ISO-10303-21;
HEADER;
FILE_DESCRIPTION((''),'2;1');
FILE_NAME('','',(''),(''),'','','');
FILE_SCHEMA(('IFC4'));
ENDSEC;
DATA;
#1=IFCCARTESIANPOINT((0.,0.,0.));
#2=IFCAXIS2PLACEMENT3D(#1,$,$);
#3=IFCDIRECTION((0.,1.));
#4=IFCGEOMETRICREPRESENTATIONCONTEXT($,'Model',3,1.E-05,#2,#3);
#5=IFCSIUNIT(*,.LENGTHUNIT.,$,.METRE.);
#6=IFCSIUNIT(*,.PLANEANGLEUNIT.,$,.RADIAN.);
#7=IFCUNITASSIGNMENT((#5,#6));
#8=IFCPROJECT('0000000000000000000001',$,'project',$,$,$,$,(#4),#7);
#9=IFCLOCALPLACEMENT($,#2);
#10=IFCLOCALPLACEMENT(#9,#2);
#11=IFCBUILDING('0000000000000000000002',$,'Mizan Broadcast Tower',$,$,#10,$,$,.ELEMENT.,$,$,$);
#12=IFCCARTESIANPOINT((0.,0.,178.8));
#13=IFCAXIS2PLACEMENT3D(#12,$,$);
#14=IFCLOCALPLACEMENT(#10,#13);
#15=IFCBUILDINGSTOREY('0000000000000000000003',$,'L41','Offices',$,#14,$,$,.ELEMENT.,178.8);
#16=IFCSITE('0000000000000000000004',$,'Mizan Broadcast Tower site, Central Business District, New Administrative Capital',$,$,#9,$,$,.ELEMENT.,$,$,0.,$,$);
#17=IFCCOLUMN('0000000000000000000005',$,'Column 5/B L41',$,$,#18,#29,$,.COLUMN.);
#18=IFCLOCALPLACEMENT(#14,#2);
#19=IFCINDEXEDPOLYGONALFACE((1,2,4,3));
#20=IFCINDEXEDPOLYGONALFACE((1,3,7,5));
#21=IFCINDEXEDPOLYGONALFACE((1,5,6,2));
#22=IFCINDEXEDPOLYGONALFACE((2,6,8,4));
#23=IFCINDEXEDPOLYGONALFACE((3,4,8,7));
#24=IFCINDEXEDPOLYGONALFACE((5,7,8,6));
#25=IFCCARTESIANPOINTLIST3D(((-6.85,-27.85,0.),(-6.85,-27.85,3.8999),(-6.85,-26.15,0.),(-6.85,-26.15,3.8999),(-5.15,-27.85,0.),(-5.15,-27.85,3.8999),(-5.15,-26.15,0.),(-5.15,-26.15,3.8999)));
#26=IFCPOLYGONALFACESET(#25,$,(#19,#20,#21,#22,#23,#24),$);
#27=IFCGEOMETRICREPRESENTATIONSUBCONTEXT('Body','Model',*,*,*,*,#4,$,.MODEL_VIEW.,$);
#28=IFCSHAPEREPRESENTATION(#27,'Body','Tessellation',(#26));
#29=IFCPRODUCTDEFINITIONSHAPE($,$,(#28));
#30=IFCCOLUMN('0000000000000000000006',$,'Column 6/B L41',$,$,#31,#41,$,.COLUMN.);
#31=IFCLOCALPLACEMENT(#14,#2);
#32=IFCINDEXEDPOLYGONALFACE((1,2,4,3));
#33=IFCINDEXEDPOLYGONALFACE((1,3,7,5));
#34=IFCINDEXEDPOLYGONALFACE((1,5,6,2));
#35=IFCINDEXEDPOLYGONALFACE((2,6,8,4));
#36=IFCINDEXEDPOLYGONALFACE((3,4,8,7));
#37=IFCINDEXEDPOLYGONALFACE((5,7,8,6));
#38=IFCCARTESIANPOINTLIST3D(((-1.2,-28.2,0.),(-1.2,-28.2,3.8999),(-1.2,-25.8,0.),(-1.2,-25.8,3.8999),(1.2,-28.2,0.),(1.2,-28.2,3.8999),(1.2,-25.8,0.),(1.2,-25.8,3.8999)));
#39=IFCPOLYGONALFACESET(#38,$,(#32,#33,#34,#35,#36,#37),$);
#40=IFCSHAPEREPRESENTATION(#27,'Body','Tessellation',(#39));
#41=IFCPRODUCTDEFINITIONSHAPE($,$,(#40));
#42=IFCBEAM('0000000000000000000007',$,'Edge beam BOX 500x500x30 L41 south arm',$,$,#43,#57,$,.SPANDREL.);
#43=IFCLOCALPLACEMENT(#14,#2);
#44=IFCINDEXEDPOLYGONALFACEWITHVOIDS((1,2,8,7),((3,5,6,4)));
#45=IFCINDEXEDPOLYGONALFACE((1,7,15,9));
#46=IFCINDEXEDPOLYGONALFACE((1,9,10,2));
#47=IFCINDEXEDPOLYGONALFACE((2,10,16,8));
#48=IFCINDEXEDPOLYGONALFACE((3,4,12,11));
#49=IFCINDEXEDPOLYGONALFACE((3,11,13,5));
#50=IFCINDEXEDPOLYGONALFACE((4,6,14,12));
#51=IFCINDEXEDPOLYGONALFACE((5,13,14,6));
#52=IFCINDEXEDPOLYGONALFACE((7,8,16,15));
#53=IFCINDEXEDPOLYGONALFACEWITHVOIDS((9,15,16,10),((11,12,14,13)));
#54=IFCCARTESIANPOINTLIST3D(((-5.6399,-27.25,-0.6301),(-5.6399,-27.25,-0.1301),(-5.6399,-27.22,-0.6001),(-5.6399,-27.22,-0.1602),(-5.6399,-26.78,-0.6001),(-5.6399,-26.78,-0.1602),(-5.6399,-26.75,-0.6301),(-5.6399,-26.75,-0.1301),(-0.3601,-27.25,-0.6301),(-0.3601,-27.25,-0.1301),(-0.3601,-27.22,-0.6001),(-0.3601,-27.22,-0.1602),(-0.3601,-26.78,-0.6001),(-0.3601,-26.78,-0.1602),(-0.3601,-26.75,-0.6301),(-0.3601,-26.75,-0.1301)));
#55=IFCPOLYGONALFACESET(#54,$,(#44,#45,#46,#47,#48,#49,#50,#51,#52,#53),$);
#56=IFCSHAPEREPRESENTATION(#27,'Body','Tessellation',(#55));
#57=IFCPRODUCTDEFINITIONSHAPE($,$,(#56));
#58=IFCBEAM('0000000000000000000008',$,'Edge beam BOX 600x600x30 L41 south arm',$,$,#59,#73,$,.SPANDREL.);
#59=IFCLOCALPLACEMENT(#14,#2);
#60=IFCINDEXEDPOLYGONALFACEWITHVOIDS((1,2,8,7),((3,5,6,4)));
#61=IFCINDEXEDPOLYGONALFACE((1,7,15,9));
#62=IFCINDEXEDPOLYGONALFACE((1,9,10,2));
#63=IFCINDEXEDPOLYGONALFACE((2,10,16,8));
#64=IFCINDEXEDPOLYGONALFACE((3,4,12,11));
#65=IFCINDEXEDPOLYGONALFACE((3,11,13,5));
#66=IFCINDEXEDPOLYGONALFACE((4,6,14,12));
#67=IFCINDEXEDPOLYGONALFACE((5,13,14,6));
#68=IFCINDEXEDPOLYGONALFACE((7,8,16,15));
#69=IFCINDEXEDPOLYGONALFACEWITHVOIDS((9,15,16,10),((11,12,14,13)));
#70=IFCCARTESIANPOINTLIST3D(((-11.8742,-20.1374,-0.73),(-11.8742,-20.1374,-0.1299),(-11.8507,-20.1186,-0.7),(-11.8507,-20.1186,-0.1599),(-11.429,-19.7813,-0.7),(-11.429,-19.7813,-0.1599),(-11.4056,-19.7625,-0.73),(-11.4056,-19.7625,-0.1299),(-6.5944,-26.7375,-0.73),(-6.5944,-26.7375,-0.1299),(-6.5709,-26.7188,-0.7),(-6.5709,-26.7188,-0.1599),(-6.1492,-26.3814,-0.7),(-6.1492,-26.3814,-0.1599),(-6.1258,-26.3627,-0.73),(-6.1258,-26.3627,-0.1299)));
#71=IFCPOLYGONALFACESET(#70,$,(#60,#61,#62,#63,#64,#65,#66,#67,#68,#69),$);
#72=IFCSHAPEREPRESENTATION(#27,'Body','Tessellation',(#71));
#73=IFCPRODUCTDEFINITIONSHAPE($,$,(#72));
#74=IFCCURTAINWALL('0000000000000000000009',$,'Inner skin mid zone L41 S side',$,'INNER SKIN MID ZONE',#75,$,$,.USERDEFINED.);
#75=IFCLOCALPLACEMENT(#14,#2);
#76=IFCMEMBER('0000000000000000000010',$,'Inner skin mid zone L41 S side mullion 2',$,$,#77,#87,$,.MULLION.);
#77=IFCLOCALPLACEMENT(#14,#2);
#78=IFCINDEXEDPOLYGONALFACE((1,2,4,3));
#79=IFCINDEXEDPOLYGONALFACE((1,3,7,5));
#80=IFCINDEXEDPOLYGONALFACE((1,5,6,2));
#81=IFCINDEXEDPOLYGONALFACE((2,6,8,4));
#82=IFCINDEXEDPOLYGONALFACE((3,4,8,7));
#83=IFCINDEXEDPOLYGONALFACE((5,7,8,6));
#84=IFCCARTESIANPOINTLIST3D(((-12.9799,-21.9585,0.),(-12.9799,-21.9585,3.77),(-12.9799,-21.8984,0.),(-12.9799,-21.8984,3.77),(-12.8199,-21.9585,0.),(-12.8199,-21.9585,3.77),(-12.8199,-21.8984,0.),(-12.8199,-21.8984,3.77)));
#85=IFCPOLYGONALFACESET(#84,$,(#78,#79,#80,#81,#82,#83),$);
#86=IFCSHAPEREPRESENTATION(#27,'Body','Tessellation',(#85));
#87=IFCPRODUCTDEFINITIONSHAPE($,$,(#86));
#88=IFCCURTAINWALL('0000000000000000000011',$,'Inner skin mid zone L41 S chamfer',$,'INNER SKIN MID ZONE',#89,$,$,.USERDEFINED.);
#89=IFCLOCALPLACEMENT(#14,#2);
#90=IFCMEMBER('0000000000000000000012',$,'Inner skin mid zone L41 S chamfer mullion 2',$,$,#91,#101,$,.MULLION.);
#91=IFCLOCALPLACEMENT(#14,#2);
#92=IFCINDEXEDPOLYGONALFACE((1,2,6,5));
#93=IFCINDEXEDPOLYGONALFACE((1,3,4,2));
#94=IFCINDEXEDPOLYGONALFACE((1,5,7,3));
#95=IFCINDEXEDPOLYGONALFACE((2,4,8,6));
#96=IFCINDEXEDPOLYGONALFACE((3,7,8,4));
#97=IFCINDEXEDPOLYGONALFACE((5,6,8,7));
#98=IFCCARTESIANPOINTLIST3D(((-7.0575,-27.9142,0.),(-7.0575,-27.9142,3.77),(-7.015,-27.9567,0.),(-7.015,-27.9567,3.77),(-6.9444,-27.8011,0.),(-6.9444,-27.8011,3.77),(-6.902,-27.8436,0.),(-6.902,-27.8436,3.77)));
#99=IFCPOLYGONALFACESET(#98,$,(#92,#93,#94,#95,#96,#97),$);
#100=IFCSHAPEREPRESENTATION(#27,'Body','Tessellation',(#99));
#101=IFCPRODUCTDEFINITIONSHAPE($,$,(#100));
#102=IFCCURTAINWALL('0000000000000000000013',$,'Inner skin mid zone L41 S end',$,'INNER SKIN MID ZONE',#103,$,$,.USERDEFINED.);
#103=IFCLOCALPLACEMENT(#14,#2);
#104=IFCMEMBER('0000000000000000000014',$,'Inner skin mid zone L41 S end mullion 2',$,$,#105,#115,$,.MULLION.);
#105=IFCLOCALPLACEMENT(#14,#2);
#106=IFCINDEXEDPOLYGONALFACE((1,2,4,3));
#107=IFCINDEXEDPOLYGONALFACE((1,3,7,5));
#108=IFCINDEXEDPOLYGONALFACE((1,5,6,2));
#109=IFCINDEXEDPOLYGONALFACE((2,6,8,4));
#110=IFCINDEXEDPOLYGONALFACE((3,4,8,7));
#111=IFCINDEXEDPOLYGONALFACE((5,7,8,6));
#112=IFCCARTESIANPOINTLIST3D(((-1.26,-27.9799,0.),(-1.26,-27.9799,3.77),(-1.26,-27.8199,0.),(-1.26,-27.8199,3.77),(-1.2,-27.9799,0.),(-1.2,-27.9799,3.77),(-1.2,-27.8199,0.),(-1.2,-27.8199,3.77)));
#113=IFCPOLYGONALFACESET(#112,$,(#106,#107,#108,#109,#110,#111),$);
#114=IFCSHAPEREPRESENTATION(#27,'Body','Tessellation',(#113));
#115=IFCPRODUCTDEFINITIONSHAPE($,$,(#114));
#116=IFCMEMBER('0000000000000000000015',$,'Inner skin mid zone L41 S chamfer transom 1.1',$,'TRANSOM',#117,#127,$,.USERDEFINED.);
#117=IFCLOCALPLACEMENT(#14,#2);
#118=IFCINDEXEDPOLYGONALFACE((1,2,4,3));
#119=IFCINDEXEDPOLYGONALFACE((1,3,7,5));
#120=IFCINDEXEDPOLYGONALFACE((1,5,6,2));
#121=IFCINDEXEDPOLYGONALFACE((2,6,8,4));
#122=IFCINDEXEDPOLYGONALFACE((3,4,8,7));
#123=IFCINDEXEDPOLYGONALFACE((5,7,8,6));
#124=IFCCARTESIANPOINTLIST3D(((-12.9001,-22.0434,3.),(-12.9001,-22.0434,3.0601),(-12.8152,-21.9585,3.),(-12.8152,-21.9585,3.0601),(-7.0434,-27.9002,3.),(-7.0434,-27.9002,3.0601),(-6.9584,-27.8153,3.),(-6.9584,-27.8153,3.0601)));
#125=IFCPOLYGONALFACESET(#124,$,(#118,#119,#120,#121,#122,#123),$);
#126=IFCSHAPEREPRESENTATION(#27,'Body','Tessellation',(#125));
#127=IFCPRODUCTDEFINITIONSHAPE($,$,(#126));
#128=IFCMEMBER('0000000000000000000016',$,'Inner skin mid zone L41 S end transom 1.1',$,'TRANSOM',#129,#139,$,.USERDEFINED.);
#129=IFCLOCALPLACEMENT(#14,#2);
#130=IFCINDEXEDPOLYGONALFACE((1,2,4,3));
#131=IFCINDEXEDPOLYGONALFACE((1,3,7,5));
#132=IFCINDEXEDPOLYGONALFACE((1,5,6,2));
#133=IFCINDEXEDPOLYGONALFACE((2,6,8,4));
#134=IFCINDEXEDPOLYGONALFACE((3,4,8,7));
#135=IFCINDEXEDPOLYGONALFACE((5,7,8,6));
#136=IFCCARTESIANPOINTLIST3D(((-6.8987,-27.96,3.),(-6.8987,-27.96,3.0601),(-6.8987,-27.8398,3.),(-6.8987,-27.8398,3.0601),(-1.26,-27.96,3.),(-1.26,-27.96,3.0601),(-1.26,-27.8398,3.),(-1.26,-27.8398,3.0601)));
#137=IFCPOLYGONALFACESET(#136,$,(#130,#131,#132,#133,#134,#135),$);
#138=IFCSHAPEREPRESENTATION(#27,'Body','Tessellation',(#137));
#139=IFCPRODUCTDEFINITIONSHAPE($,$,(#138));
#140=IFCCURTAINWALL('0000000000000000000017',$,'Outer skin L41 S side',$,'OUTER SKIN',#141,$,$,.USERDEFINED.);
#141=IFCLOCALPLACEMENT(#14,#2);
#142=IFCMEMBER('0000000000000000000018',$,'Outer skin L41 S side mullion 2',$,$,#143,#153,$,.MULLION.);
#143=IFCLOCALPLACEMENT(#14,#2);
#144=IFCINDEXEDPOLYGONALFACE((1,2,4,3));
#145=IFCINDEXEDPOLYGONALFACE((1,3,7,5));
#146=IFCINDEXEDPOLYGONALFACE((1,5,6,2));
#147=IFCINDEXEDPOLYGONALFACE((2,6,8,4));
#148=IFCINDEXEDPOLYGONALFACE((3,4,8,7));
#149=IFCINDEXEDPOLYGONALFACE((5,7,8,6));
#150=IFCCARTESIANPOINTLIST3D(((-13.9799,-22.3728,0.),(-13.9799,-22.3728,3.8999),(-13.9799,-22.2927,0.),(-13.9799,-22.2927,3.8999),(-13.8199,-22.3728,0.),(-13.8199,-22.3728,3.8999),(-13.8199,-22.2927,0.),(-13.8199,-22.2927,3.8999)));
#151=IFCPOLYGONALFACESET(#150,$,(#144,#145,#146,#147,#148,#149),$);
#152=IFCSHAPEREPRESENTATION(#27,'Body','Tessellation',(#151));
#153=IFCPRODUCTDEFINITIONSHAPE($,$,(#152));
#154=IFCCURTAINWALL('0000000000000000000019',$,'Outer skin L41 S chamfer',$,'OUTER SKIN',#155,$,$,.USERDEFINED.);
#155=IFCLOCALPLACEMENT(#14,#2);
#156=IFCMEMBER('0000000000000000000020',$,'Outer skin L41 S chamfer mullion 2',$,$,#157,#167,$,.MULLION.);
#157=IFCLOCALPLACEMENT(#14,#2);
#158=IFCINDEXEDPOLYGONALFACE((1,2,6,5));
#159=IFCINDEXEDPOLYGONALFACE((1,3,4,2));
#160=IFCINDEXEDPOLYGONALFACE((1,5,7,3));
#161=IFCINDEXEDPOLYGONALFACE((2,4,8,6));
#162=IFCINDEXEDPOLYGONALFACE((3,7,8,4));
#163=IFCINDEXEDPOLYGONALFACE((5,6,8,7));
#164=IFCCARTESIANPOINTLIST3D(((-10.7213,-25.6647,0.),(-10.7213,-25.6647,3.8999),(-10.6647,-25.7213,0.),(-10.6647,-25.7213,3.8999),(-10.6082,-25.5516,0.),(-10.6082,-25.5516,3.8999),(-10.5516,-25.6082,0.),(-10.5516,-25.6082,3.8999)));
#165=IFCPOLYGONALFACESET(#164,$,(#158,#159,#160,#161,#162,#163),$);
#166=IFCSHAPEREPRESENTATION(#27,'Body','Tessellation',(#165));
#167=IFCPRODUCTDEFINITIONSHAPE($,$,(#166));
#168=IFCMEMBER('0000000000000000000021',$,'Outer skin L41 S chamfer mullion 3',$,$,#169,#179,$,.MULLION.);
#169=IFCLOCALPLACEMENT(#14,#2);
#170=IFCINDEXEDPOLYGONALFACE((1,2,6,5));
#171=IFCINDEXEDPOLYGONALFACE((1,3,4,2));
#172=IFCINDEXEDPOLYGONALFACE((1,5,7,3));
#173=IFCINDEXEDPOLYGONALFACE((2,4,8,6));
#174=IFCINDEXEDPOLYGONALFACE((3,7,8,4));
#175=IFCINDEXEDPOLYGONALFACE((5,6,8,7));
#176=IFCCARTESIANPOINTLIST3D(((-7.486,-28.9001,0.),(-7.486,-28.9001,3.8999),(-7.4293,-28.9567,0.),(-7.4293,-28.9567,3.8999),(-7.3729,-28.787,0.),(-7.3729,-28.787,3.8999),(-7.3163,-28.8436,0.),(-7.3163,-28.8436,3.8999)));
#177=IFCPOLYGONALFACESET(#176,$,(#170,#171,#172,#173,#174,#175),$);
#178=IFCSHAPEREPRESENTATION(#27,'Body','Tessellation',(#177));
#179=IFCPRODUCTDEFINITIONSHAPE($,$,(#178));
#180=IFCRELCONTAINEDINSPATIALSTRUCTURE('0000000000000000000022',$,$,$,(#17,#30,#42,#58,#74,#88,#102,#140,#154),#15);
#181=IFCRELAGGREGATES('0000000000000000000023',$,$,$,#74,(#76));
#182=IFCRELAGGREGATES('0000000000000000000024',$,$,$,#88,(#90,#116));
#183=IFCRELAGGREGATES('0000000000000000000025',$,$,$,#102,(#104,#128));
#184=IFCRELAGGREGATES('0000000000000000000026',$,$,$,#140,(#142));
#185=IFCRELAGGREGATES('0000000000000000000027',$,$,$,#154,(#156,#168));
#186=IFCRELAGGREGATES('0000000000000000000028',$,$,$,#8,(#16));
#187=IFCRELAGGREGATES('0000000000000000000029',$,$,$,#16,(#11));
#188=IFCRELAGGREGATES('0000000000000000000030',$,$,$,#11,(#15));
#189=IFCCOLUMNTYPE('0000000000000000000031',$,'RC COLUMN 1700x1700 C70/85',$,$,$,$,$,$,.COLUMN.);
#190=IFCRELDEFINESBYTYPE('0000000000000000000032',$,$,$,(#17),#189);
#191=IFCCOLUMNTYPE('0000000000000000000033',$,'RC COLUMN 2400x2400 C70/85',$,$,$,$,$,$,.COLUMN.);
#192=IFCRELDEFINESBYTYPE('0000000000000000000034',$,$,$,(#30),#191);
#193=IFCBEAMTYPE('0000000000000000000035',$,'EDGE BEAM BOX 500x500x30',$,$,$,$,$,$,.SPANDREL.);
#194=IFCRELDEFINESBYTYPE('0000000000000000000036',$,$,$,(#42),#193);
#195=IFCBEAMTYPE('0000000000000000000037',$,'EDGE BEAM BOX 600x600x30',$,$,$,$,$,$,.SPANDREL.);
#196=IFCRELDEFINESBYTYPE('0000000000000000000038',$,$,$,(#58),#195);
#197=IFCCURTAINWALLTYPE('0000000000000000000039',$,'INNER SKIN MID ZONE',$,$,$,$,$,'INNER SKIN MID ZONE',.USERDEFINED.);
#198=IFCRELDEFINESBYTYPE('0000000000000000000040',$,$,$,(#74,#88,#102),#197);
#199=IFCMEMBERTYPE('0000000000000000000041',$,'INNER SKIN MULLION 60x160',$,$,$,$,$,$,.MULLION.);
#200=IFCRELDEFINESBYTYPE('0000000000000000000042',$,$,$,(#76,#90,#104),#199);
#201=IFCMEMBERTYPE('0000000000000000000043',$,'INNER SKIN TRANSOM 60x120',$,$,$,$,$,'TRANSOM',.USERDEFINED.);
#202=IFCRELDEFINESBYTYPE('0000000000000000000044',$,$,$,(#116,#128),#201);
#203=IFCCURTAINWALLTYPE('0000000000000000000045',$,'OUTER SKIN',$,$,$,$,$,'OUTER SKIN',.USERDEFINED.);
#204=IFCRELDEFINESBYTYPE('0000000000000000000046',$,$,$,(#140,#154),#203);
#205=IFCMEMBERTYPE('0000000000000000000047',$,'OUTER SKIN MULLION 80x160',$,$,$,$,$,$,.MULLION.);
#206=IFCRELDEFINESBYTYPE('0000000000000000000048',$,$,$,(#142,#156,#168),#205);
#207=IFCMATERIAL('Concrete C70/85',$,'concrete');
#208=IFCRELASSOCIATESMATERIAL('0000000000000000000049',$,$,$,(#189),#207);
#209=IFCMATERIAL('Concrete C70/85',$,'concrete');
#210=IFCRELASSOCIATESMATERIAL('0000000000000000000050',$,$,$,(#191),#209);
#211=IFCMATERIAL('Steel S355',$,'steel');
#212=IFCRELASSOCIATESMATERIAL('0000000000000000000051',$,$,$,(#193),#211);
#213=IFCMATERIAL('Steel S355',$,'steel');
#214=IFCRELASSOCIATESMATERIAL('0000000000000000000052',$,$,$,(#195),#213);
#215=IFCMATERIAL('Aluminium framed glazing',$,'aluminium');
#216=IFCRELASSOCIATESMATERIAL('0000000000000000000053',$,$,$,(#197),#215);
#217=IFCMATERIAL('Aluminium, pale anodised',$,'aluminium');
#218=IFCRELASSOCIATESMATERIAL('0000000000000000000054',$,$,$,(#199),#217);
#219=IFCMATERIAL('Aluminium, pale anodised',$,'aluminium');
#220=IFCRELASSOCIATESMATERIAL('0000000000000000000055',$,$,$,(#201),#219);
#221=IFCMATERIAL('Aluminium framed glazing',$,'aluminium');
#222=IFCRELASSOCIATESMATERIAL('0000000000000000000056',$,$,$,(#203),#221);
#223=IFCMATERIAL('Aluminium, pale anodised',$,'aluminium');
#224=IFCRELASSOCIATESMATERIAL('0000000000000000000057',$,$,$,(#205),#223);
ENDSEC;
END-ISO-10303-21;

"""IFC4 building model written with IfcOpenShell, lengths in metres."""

from ifc_helpers import new_model, si_unit, direction, frame, origin, origin_2d, place, context, subcontext, project, spatial, rectangle, hollow_rectangle, extrude, material, material_profile, profile_set, type_object, element, aggregate, save


model = new_model("IFC4")

# Units and contexts
model_context = context("Model", 3, precision=1e-05, world=origin(), true_north=direction((0.0, 1.0)))
body_context = subcontext(model_context, "Body", "Model", "MODEL_VIEW")
ifc_project = project(units=[si_unit("LENGTHUNIT", "METRE"), si_unit("PLANEANGLEUNIT", "RADIAN")], contexts=[model_context])

# Site, building, storey
site_placement = place(None, origin())
site = spatial("IfcSite", under=ifc_project, at=site_placement, Name="Mizan Broadcast Tower site, Central Business District, New Administrative Capital", CompositionType="ELEMENT", RefElevation=0.0)
building_placement = place(site_placement, origin())
building = spatial("IfcBuilding", under=site, at=building_placement, Name="Mizan Broadcast Tower", CompositionType="ELEMENT")
storey_placement = place(building_placement, frame((0.0, 0.0, 178.8)))
storey = spatial("IfcBuildingStorey", under=building, at=storey_placement, Name="L41", Description="Offices", CompositionType="ELEMENT", Elevation=178.8)

# Columns
ifc_material_1 = material(Name="Concrete C70/85", Category="concrete")
ifc_material_profile_1 = material_profile(ifc_material_1, rectangle(XDim=1.7, YDim=1.7, at=origin_2d()), Name="RC 1700x1700")
ifc_profile_set_1 = profile_set([ifc_material_profile_1], Name="Concrete C70/85")
column_type_1 = type_object("IfcColumnType", Name="RC COLUMN 1700x1700 C70/85", PredefinedType="COLUMN", material=ifc_profile_set_1)
column_1_placement = place(storey_placement, frame((-6.0, -27.0, 0.0), z_axis=(0.0, 0.0, 1.0), x_axis=(1.0, 0.0, 0.0)))
element("IfcColumn", 1, at=column_1_placement, inside=storey, type_object=column_type_1, Name="Column 5/B L41", PredefinedType="COLUMN", context=body_context, shape_type="SweptSolid", body=[
    extrude(rectangle(XDim=1.7, YDim=1.7, at=origin_2d()), origin(), (0.0, 0.0, 1.0), 3.8999),
])
ifc_material_2 = material(Name="Concrete C70/85", Category="concrete")
ifc_material_profile_2 = material_profile(ifc_material_2, rectangle(XDim=2.3999, YDim=2.3999, at=origin_2d()), Name="RC 2400x2400")
ifc_profile_set_2 = profile_set([ifc_material_profile_2], Name="Concrete C70/85")
column_type_2 = type_object("IfcColumnType", Name="RC COLUMN 2400x2400 C70/85", PredefinedType="COLUMN", material=ifc_profile_set_2)
column_2_placement = place(storey_placement, frame((0.0, -27.0, 0.0), z_axis=(0.0, 0.0, 1.0), x_axis=(1.0, 0.0, 0.0)))
element("IfcColumn", 2, at=column_2_placement, inside=storey, type_object=column_type_2, Name="Column 6/B L41", PredefinedType="COLUMN", context=body_context, shape_type="SweptSolid", body=[
    extrude(rectangle(XDim=2.3999, YDim=2.3999, at=origin_2d()), origin(), (0.0, 0.0, 1.0), 3.8999),
])

# Beams
ifc_material_3 = material(Name="Steel S355", Category="steel")
ifc_material_profile_3 = material_profile(ifc_material_3, hollow_rectangle(XDim=0.5, YDim=0.5, WallThickness=0.03, at=origin_2d()), Name="BOX 500x500x30")
ifc_profile_set_3 = profile_set([ifc_material_profile_3], Name="Steel S355")
beam_type_1 = type_object("IfcBeamType", Name="EDGE BEAM BOX 500x500x30", PredefinedType="SPANDREL", material=ifc_profile_set_3)
beam_1_placement = place(storey_placement, frame((-5.6399, -27.0, -0.3801), z_axis=(1.0, 0.0, 0.0), x_axis=(0.0, 1.0, 0.0)))
element("IfcBeam", 3, at=beam_1_placement, inside=storey, type_object=beam_type_1, Name="Edge beam BOX 500x500x30 L41 south arm", PredefinedType="SPANDREL", context=body_context, shape_type="SweptSolid", body=[
    extrude(hollow_rectangle(XDim=0.5, YDim=0.5, WallThickness=0.03, at=origin_2d()), origin(), (0.0, 0.0, 1.0), 5.2798),
])
ifc_material_4 = material(Name="Steel S355", Category="steel")
ifc_material_profile_4 = material_profile(ifc_material_4, hollow_rectangle(XDim=0.6001, YDim=0.6001, WallThickness=0.03, at=origin_2d()), Name="BOX 600x600x30")
ifc_profile_set_4 = profile_set([ifc_material_profile_4], Name="Steel S355")
beam_type_2 = type_object("IfcBeamType", Name="EDGE BEAM BOX 600x600x30", PredefinedType="SPANDREL", material=ifc_profile_set_4)
beam_2_placement = place(storey_placement, frame((-11.6399, -19.95, -0.4299), z_axis=(0.624674, -0.780886, 0.0), x_axis=(0.780886, 0.624674, 0.0)))
element("IfcBeam", 4, at=beam_2_placement, inside=storey, type_object=beam_type_2, Name="Edge beam BOX 600x600x30 L41 south arm", PredefinedType="SPANDREL", context=body_context, shape_type="SweptSolid", body=[
    extrude(hollow_rectangle(XDim=0.6001, YDim=0.6001, WallThickness=0.03, at=origin_2d()), origin(), (0.0, 0.0, 1.0), 8.4521),
])

# Curtain walls, members
ifc_material_5 = material(Name="Aluminium framed glazing", Category="aluminium")
curtain_wall_type_1 = type_object("IfcCurtainWallType", Name="INNER SKIN MID ZONE", ElementType="INNER SKIN MID ZONE", PredefinedType="USERDEFINED", material=ifc_material_5)
curtain_wall_1_placement = place(storey_placement, origin())
curtain_wall_1 = element("IfcCurtainWall", 5, at=curtain_wall_1_placement, inside=storey, type_object=curtain_wall_type_1, Name="Inner skin mid zone L41 S side", ObjectType="INNER SKIN MID ZONE", PredefinedType="USERDEFINED")
ifc_material_6 = material(Name="Aluminium, pale anodised", Category="aluminium")
ifc_material_profile_5 = material_profile(ifc_material_6, rectangle(XDim=0.1599, YDim=0.0601, at=origin_2d()), Name="MULLION 160x60")
ifc_profile_set_5 = profile_set([ifc_material_profile_5], Name="Aluminium, pale anodised")
member_type_1 = type_object("IfcMemberType", Name="INNER SKIN MULLION 60x160", PredefinedType="MULLION", material=ifc_profile_set_5)
member_1_placement = place(storey_placement, frame((-12.8999, -21.9285, 0.0), z_axis=(0.0, 0.0, 1.0), x_axis=(1.0, 0.0, 0.0)))
member_1 = element("IfcMember", 6, at=member_1_placement, type_object=member_type_1, Name="Inner skin mid zone L41 S side mullion 2", PredefinedType="MULLION", context=body_context, shape_type="SweptSolid", body=[
    extrude(rectangle(XDim=0.1599, YDim=0.0601, at=origin_2d()), origin(), (0.0, 0.0, 1.0), 3.77),
])
curtain_wall_2_placement = place(storey_placement, origin())
curtain_wall_2 = element("IfcCurtainWall", 7, at=curtain_wall_2_placement, inside=storey, type_object=curtain_wall_type_1, Name="Inner skin mid zone L41 S chamfer", ObjectType="INNER SKIN MID ZONE", PredefinedType="USERDEFINED")
member_2_placement = place(storey_placement, frame((-6.9797, -27.8789, 0.0), z_axis=(0.0, 0.0, 1.0), x_axis=(0.707107, 0.707107, 0.0)))
member_2 = element("IfcMember", 8, at=member_2_placement, type_object=member_type_1, Name="Inner skin mid zone L41 S chamfer mullion 2", PredefinedType="MULLION", context=body_context, shape_type="SweptSolid", body=[
    extrude(rectangle(XDim=0.1599, YDim=0.0601, at=origin_2d()), origin(), (0.0, 0.0, 1.0), 3.77),
])
curtain_wall_3_placement = place(storey_placement, origin())
curtain_wall_3 = element("IfcCurtainWall", 9, at=curtain_wall_3_placement, inside=storey, type_object=curtain_wall_type_1, Name="Inner skin mid zone L41 S end", ObjectType="INNER SKIN MID ZONE", PredefinedType="USERDEFINED")
member_3_placement = place(storey_placement, frame((-1.23, -27.8999, 0.0), z_axis=(0.0, 0.0, 1.0), x_axis=(0.0, 1.0, 0.0)))
member_3 = element("IfcMember", 10, at=member_3_placement, type_object=member_type_1, Name="Inner skin mid zone L41 S end mullion 2", PredefinedType="MULLION", context=body_context, shape_type="SweptSolid", body=[
    extrude(rectangle(XDim=0.1599, YDim=0.0601, at=origin_2d()), origin(), (0.0, 0.0, 1.0), 3.77),
])

# Members
ifc_material_7 = material(Name="Aluminium, pale anodised", Category="aluminium")
ifc_material_profile_6 = material_profile(ifc_material_7, rectangle(XDim=0.1201, YDim=0.0601, at=origin_2d()), Name="TRANSOM 120x60")
ifc_profile_set_6 = profile_set([ifc_material_profile_6], Name="Aluminium, pale anodised")
member_type_2 = type_object("IfcMemberType", Name="INNER SKIN TRANSOM 60x120", ElementType="TRANSOM", PredefinedType="USERDEFINED", material=ifc_profile_set_6)
member_4_placement = place(storey_placement, frame((-12.8577, -22.001, 3.03), z_axis=(0.707107, -0.707107, 0.0), x_axis=(0.707107, 0.707107, 0.0)))
member_4 = element("IfcMember", 11, at=member_4_placement, type_object=member_type_2, Name="Inner skin mid zone L41 S chamfer transom 1.1", ObjectType="TRANSOM", PredefinedType="USERDEFINED", context=body_context, shape_type="SweptSolid", body=[
    extrude(rectangle(XDim=0.1201, YDim=0.0601, at=origin_2d()), origin(), (0.0, 0.0, 1.0), 8.2827),
])
member_5_placement = place(storey_placement, frame((-6.8987, -27.8999, 3.03), z_axis=(1.0, 0.0, 0.0), x_axis=(0.0, 1.0, 0.0)))
member_5 = element("IfcMember", 12, at=member_5_placement, type_object=member_type_2, Name="Inner skin mid zone L41 S end transom 1.1", ObjectType="TRANSOM", PredefinedType="USERDEFINED", context=body_context, shape_type="SweptSolid", body=[
    extrude(rectangle(XDim=0.1201, YDim=0.0601, at=origin_2d()), origin(), (0.0, 0.0, 1.0), 5.6387),
])

# Curtain wall, member
ifc_material_8 = material(Name="Aluminium framed glazing", Category="aluminium")
curtain_wall_type_2 = type_object("IfcCurtainWallType", Name="OUTER SKIN", ElementType="OUTER SKIN", PredefinedType="USERDEFINED", material=ifc_material_8)
curtain_wall_4_placement = place(storey_placement, origin())
curtain_wall_4 = element("IfcCurtainWall", 13, at=curtain_wall_4_placement, inside=storey, type_object=curtain_wall_type_2, Name="Outer skin L41 S side", ObjectType="OUTER SKIN", PredefinedType="USERDEFINED")
ifc_material_9 = material(Name="Aluminium, pale anodised", Category="aluminium")
ifc_material_profile_7 = material_profile(ifc_material_9, rectangle(XDim=0.1599, YDim=0.0801, at=origin_2d()), Name="MULLION 160x80")
ifc_profile_set_7 = profile_set([ifc_material_profile_7], Name="Aluminium, pale anodised")
member_type_3 = type_object("IfcMemberType", Name="OUTER SKIN MULLION 80x160", PredefinedType="MULLION", material=ifc_profile_set_7)
member_6_placement = place(storey_placement, frame((-13.8999, -22.3328, 0.0), z_axis=(0.0, 0.0, 1.0), x_axis=(1.0, 0.0, 0.0)))
member_6 = element("IfcMember", 14, at=member_6_placement, type_object=member_type_3, Name="Outer skin L41 S side mullion 2", PredefinedType="MULLION", context=body_context, shape_type="SweptSolid", body=[
    extrude(rectangle(XDim=0.1599, YDim=0.0801, at=origin_2d()), origin(), (0.0, 0.0, 1.0), 3.8999),
])

# Curtain wall, members
curtain_wall_5_placement = place(storey_placement, origin())
curtain_wall_5 = element("IfcCurtainWall", 15, at=curtain_wall_5_placement, inside=storey, type_object=curtain_wall_type_2, Name="Outer skin L41 S chamfer", ObjectType="OUTER SKIN", PredefinedType="USERDEFINED")
member_7_placement = place(storey_placement, frame((-10.6365, -25.6365, 0.0), z_axis=(0.0, 0.0, 1.0), x_axis=(0.707107, 0.707107, 0.0)))
member_7 = element("IfcMember", 16, at=member_7_placement, type_object=member_type_3, Name="Outer skin L41 S chamfer mullion 2", PredefinedType="MULLION", context=body_context, shape_type="SweptSolid", body=[
    extrude(rectangle(XDim=0.1599, YDim=0.0801, at=origin_2d()), origin(), (0.0, 0.0, 1.0), 3.8999),
])
member_8_placement = place(storey_placement, frame((-7.4011, -28.8718, 0.0), z_axis=(0.0, 0.0, 1.0), x_axis=(0.707107, 0.707107, 0.0)))
member_8 = element("IfcMember", 17, at=member_8_placement, type_object=member_type_3, Name="Outer skin L41 S chamfer mullion 3", PredefinedType="MULLION", context=body_context, shape_type="SweptSolid", body=[
    extrude(rectangle(XDim=0.1599, YDim=0.0801, at=origin_2d()), origin(), (0.0, 0.0, 1.0), 3.8999),
])

aggregate(curtain_wall_1, [member_1])
aggregate(curtain_wall_2, [member_2, member_4])
aggregate(curtain_wall_3, [member_3, member_5])
aggregate(curtain_wall_4, [member_6])
aggregate(curtain_wall_5, [member_7, member_8])

save(model, "model.ifc")
